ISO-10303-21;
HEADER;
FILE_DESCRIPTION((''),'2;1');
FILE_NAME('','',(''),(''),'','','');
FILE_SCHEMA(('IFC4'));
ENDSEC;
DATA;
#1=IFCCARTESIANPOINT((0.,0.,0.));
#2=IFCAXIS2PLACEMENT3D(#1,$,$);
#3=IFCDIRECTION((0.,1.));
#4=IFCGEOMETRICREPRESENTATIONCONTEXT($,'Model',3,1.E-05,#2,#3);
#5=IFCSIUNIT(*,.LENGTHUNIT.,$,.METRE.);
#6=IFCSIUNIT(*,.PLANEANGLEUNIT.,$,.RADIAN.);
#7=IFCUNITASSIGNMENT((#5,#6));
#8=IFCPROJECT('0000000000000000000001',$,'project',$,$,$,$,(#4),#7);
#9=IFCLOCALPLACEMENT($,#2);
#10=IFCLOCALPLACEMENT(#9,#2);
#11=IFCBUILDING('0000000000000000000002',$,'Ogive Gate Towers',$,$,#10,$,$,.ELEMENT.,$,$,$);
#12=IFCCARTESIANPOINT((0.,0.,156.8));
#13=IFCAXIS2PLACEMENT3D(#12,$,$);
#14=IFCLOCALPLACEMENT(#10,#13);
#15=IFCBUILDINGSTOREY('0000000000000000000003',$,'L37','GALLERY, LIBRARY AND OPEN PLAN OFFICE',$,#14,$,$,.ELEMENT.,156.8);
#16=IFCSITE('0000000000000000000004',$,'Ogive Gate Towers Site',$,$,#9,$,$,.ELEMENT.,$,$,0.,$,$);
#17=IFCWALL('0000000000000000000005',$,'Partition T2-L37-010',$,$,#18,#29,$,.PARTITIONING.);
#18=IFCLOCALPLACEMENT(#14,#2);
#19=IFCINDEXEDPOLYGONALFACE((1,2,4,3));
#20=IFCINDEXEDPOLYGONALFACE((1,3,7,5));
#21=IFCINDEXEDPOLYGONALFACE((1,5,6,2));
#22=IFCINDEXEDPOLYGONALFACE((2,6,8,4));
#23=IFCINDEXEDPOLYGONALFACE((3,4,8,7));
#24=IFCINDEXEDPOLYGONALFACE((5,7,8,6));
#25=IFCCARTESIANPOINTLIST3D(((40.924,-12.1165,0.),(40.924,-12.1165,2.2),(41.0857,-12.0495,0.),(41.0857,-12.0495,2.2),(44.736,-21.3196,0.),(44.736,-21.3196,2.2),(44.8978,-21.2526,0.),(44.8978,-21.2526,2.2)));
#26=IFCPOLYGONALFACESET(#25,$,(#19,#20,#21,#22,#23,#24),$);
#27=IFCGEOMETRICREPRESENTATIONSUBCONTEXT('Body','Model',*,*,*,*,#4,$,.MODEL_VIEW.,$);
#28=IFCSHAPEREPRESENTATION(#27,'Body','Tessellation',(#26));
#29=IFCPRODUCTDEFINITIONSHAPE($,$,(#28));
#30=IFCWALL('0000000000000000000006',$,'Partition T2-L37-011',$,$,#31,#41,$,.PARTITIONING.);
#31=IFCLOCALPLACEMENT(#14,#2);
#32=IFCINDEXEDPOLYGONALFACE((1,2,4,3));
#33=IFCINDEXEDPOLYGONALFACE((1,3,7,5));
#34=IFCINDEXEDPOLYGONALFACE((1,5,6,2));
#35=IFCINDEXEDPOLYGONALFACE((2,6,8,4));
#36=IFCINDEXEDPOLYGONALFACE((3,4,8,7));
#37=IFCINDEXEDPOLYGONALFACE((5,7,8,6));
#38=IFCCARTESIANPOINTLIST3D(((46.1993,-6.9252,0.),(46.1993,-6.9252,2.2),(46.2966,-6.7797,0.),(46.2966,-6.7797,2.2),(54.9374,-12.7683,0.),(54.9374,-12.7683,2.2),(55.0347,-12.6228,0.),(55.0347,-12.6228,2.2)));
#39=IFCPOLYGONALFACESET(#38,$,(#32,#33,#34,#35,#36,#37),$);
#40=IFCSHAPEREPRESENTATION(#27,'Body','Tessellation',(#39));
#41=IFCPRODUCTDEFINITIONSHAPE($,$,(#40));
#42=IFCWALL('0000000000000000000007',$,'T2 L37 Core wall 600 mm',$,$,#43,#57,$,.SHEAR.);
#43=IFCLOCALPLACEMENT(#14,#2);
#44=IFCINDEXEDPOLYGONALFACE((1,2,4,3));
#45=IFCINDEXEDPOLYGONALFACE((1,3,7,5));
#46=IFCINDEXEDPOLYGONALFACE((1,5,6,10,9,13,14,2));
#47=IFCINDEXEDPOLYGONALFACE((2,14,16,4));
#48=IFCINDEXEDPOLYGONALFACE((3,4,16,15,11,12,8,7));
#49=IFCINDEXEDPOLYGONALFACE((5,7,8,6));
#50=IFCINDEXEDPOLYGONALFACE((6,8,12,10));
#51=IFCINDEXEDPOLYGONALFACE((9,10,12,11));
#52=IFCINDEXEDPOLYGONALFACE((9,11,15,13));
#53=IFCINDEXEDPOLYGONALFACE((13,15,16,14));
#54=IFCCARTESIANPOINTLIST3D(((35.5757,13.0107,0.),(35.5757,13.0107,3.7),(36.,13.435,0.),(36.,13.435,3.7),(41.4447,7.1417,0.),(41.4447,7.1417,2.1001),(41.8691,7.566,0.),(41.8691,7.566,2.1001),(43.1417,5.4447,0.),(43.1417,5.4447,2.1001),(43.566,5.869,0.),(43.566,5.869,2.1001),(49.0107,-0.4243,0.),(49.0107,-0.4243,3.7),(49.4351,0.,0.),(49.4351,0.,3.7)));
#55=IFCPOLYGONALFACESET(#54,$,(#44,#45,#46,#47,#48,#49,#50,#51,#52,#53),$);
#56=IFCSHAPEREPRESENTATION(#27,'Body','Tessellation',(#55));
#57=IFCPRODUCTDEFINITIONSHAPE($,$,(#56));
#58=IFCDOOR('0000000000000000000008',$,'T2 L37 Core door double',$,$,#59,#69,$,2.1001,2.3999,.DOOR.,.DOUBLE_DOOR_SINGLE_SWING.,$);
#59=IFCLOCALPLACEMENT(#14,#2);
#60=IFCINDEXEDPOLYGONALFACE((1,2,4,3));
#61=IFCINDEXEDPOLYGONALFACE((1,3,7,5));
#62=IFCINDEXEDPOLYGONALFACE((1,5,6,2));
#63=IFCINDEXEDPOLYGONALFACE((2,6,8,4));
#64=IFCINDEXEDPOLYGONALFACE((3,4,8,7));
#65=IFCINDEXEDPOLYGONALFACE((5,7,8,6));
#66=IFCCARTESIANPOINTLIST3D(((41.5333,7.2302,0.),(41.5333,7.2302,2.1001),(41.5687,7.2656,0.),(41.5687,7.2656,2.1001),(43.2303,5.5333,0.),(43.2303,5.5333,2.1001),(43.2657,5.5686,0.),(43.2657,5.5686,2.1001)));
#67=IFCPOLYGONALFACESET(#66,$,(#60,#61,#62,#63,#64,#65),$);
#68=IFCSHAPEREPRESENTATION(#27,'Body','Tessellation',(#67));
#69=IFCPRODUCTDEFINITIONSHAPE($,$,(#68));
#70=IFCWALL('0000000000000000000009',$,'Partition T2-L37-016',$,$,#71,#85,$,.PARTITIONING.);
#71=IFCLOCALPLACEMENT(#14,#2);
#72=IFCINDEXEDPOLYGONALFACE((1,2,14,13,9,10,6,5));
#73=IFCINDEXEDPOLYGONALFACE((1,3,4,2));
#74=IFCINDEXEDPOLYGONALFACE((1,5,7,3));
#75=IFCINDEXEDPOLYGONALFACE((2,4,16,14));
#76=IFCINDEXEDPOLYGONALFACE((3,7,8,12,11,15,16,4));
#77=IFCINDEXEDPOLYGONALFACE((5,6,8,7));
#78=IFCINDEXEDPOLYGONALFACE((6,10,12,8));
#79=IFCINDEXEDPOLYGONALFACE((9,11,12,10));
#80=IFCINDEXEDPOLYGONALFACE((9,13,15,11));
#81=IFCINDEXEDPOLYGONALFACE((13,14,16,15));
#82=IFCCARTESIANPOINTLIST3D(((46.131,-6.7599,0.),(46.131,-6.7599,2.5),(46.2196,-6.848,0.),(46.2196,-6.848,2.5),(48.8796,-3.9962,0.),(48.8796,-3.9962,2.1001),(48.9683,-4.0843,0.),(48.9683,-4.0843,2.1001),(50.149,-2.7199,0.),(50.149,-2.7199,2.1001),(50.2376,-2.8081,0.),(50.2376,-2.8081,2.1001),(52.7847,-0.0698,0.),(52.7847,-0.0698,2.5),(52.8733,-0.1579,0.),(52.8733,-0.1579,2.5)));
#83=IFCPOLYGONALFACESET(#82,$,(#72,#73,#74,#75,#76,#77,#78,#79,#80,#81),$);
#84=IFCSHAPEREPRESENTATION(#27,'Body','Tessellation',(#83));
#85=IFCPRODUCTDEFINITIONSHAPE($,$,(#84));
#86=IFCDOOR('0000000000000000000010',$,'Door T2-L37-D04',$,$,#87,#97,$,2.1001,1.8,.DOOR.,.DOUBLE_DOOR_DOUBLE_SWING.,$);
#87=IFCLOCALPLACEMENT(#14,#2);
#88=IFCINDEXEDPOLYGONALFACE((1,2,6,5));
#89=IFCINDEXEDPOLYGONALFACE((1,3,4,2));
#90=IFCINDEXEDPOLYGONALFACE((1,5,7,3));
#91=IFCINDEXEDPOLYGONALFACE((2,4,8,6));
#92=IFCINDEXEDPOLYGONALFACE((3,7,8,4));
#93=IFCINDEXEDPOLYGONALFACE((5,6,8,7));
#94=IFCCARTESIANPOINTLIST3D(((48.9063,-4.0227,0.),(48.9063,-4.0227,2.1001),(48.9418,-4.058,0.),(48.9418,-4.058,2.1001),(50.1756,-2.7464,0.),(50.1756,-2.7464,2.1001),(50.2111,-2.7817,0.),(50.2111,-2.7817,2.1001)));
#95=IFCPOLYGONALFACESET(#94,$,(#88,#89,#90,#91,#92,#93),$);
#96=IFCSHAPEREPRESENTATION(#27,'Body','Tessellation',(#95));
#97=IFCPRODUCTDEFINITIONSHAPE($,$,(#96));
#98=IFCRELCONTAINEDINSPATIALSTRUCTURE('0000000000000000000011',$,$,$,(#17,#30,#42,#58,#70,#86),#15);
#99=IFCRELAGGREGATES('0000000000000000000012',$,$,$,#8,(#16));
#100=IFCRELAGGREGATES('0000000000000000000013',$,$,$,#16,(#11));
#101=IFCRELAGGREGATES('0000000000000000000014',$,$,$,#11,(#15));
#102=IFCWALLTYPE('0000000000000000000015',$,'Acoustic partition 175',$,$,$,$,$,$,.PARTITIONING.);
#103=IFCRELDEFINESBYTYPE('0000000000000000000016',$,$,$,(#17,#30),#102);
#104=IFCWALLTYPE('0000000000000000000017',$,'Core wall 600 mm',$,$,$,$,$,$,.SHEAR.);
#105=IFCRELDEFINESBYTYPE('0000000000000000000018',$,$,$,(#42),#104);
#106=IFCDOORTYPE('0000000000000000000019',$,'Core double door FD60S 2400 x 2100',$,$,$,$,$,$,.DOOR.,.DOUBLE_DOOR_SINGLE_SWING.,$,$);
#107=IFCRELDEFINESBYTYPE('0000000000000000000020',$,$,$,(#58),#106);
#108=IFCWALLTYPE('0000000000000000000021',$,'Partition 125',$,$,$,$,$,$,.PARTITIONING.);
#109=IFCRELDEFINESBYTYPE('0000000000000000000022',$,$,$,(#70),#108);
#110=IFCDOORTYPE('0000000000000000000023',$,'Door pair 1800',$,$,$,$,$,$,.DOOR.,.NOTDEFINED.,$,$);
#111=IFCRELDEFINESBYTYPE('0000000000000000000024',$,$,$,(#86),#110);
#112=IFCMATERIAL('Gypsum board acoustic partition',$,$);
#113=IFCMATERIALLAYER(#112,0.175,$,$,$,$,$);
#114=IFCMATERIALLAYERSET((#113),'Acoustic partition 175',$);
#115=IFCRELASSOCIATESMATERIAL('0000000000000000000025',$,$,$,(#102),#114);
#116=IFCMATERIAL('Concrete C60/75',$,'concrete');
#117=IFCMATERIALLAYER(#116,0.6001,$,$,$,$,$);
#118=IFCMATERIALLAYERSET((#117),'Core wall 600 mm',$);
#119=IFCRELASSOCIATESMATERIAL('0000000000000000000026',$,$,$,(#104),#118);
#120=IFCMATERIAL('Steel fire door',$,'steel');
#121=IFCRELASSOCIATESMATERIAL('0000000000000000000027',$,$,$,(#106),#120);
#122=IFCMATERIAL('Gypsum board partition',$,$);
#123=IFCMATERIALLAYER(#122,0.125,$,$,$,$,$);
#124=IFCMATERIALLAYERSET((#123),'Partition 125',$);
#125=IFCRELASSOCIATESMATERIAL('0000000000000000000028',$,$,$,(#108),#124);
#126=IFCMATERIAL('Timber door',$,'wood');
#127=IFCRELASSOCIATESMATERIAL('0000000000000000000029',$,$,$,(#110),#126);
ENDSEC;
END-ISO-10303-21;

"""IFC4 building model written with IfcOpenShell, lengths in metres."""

from ifc_helpers import new_model, si_unit, direction, frame, frame_2d, origin, place, context, subcontext, project, spatial, rectangle, extrude, material, layer, layer_set, type_object, element, fill, save


model = new_model("IFC4")

# Units and contexts
model_context = context("Model", 3, precision=1e-05, world=origin(), true_north=direction((0.0, 1.0)))
body_context = subcontext(model_context, "Body", "Model", "MODEL_VIEW")
ifc_project = project(units=[si_unit("LENGTHUNIT", "METRE"), si_unit("PLANEANGLEUNIT", "RADIAN")], contexts=[model_context])

# Site, building, storey
site_placement = place(None, origin())
site = spatial("IfcSite", under=ifc_project, at=site_placement, Name="Ogive Gate Towers Site", CompositionType="ELEMENT", RefElevation=0.0)
building_placement = place(site_placement, origin())
building = spatial("IfcBuilding", under=site, at=building_placement, Name="Ogive Gate Towers", CompositionType="ELEMENT")
storey_placement = place(building_placement, frame((0.0, 0.0, 156.8)))
storey = spatial("IfcBuildingStorey", under=building, at=storey_placement, Name="L37", Description="GALLERY, LIBRARY AND OPEN PLAN OFFICE", CompositionType="ELEMENT", Elevation=156.8)

# Walls
ifc_material_1 = material(Name="Gypsum board acoustic partition")
ifc_layer_1 = layer(ifc_material_1, 0.175)
ifc_layer_set_1 = layer_set([ifc_layer_1], Name="Acoustic partition 175")
wall_type_1 = type_object("IfcWallType", Name="Acoustic partition 175", PredefinedType="PARTITIONING", material=ifc_layer_set_1)
wall_1_placement = place(storey_placement, frame((44.8169, -21.2861, 0.0), z_axis=(0.0, 0.0, 1.0), x_axis=(-0.382679, 0.923881, 0.0)))
element("IfcWall", 1, at=wall_1_placement, inside=storey, type_object=wall_type_1, Name="Partition T2-L37-010", PredefinedType="PARTITIONING", context=body_context, shape_type="SweptSolid", body=[
    extrude(rectangle(XDim=9.9614, YDim=0.175, at=frame_2d((4.9807, 0.0))), origin(), (0.0, 0.0, 1.0), 2.2),
])
wall_2_placement = place(storey_placement, frame((54.9861, -12.6956, 0.0), z_axis=(0.0, 0.0, 1.0), x_axis=(-0.831274, 0.555863, 0.0)))
element("IfcWall", 2, at=wall_2_placement, inside=storey, type_object=wall_type_1, Name="Partition T2-L37-011", PredefinedType="PARTITIONING", context=body_context, shape_type="SweptSolid", body=[
    extrude(rectangle(XDim=10.5117, YDim=0.175, at=frame_2d((5.2559, 0.0))), origin(), (0.0, 0.0, 1.0), 2.2),
])

# Walls, openings, doors
ifc_material_2 = material(Name="Concrete C60/75", Category="concrete")
ifc_layer_2 = layer(ifc_material_2, 0.6001)
ifc_layer_set_2 = layer_set([ifc_layer_2], Name="Core wall 600 mm")
wall_type_2 = type_object("IfcWallType", Name="Core wall 600 mm", PredefinedType="SHEAR", material=ifc_layer_set_2)
wall_3_placement = place(storey_placement, frame((49.2229, -0.2122, 0.0), z_axis=(0.0, 0.0, 1.0), x_axis=(-0.707107, 0.707107, 0.0)))
wall_3 = element("IfcWall", 3, at=wall_3_placement, inside=storey, type_object=wall_type_2, Name="T2 L37 Core wall 600 mm", PredefinedType="SHEAR", context=body_context, shape_type="SweptSolid", body=[
    extrude(rectangle(XDim=19.0, YDim=0.6001, at=frame_2d((9.5, 0.0))), origin(), (0.0, 0.0, 1.0), 3.7),
])
opening_1_placement = place(wall_3_placement, frame((8.3, 0.0, 0.0)))
opening_1 = element("IfcOpeningElement", 4, at=opening_1_placement, cuts=wall_3, PredefinedType="OPENING", context=body_context, shape_type="SweptSolid", body=[
    extrude(rectangle(XDim=2.3999, YDim=2.1001, at=frame_2d((1.2, 1.05))), frame((0.0, 0.3101, 0.0), z_axis=(0.0, -1.0, 0.0), x_axis=(1.0, 0.0, 0.0)), (0.0, 0.0, 1.0), 0.6201),
])
ifc_material_3 = material(Name="Steel fire door", Category="steel")
door_type_1 = type_object("IfcDoorType", Name="Core double door FD60S 2400 x 2100", OperationType="DOUBLE_DOOR_SINGLE_SWING", PredefinedType="DOOR", material=ifc_material_3)
door_1_placement = place(opening_1_placement, origin())
door_1 = element("IfcDoor", 5, at=door_1_placement, inside=storey, type_object=door_type_1, Name="T2 L37 Core door double", OperationType="DOUBLE_DOOR_SINGLE_SWING", OverallHeight=2.1001, OverallWidth=2.3999, PredefinedType="DOOR", context=body_context, shape_type="SweptSolid", body=[
    extrude(rectangle(XDim=2.3999, YDim=2.1001, at=frame_2d((1.2, 1.05))), frame((0.0, 0.1748, 0.0), z_axis=(0.0, -1.0, 0.0), x_axis=(1.0, 0.0, 0.0)), (0.0, 0.0, 1.0), 0.05),
])
fill(opening_1, door_1)
ifc_material_4 = material(Name="Gypsum board partition")
ifc_layer_3 = layer(ifc_material_4, 0.125)
ifc_layer_set_3 = layer_set([ifc_layer_3], Name="Partition 125")
wall_type_3 = type_object("IfcWallType", Name="Partition 125", PredefinedType="PARTITIONING", material=ifc_layer_set_3)
wall_4_placement = place(storey_placement, frame((46.1753, -6.804, 0.0), z_axis=(0.0, 0.0, 1.0), x_axis=(0.705177, 0.709032, 0.0)))
wall_4 = element("IfcWall", 6, at=wall_4_placement, inside=storey, type_object=wall_type_3, Name="Partition T2-L37-016", PredefinedType="PARTITIONING", context=body_context, shape_type="SweptSolid", body=[
    extrude(rectangle(XDim=9.4355, YDim=0.125, at=frame_2d((4.7178, 0.0))), origin(), (0.0, 0.0, 1.0), 2.5),
])
opening_2_placement = place(wall_4_placement, frame((3.8979, 0.0, 0.0)))
opening_2 = element("IfcOpeningElement", 7, at=opening_2_placement, cuts=wall_4, PredefinedType="OPENING", context=body_context, shape_type="SweptSolid", body=[
    extrude(rectangle(XDim=1.8, YDim=2.1001, at=frame_2d((0.8999, 1.05))), frame((0.0, 0.0725, 0.0), z_axis=(0.0, -1.0, 0.0), x_axis=(1.0, 0.0, 0.0)), (0.0, 0.0, 1.0), 0.145),
])
ifc_material_5 = material(Name="Timber door", Category="wood")
door_type_2 = type_object("IfcDoorType", Name="Door pair 1800", OperationType="NOTDEFINED", PredefinedType="DOOR", material=ifc_material_5)
door_2_placement = place(opening_2_placement, origin())
door_2 = element("IfcDoor", 8, at=door_2_placement, inside=storey, type_object=door_type_2, Name="Door T2-L37-D04", OperationType="DOUBLE_DOOR_DOUBLE_SWING", OverallHeight=2.1001, OverallWidth=1.8, PredefinedType="DOOR", context=body_context, shape_type="SweptSolid", body=[
    extrude(rectangle(XDim=1.8, YDim=2.1001, at=frame_2d((0.8999, 1.05))), frame((0.0, 0.0249, 0.0), z_axis=(0.0, -1.0, 0.0), x_axis=(1.0, 0.0, 0.0)), (0.0, 0.0, 1.0), 0.05),
])
fill(opening_2, door_2)

save(model, "model.ifc")
